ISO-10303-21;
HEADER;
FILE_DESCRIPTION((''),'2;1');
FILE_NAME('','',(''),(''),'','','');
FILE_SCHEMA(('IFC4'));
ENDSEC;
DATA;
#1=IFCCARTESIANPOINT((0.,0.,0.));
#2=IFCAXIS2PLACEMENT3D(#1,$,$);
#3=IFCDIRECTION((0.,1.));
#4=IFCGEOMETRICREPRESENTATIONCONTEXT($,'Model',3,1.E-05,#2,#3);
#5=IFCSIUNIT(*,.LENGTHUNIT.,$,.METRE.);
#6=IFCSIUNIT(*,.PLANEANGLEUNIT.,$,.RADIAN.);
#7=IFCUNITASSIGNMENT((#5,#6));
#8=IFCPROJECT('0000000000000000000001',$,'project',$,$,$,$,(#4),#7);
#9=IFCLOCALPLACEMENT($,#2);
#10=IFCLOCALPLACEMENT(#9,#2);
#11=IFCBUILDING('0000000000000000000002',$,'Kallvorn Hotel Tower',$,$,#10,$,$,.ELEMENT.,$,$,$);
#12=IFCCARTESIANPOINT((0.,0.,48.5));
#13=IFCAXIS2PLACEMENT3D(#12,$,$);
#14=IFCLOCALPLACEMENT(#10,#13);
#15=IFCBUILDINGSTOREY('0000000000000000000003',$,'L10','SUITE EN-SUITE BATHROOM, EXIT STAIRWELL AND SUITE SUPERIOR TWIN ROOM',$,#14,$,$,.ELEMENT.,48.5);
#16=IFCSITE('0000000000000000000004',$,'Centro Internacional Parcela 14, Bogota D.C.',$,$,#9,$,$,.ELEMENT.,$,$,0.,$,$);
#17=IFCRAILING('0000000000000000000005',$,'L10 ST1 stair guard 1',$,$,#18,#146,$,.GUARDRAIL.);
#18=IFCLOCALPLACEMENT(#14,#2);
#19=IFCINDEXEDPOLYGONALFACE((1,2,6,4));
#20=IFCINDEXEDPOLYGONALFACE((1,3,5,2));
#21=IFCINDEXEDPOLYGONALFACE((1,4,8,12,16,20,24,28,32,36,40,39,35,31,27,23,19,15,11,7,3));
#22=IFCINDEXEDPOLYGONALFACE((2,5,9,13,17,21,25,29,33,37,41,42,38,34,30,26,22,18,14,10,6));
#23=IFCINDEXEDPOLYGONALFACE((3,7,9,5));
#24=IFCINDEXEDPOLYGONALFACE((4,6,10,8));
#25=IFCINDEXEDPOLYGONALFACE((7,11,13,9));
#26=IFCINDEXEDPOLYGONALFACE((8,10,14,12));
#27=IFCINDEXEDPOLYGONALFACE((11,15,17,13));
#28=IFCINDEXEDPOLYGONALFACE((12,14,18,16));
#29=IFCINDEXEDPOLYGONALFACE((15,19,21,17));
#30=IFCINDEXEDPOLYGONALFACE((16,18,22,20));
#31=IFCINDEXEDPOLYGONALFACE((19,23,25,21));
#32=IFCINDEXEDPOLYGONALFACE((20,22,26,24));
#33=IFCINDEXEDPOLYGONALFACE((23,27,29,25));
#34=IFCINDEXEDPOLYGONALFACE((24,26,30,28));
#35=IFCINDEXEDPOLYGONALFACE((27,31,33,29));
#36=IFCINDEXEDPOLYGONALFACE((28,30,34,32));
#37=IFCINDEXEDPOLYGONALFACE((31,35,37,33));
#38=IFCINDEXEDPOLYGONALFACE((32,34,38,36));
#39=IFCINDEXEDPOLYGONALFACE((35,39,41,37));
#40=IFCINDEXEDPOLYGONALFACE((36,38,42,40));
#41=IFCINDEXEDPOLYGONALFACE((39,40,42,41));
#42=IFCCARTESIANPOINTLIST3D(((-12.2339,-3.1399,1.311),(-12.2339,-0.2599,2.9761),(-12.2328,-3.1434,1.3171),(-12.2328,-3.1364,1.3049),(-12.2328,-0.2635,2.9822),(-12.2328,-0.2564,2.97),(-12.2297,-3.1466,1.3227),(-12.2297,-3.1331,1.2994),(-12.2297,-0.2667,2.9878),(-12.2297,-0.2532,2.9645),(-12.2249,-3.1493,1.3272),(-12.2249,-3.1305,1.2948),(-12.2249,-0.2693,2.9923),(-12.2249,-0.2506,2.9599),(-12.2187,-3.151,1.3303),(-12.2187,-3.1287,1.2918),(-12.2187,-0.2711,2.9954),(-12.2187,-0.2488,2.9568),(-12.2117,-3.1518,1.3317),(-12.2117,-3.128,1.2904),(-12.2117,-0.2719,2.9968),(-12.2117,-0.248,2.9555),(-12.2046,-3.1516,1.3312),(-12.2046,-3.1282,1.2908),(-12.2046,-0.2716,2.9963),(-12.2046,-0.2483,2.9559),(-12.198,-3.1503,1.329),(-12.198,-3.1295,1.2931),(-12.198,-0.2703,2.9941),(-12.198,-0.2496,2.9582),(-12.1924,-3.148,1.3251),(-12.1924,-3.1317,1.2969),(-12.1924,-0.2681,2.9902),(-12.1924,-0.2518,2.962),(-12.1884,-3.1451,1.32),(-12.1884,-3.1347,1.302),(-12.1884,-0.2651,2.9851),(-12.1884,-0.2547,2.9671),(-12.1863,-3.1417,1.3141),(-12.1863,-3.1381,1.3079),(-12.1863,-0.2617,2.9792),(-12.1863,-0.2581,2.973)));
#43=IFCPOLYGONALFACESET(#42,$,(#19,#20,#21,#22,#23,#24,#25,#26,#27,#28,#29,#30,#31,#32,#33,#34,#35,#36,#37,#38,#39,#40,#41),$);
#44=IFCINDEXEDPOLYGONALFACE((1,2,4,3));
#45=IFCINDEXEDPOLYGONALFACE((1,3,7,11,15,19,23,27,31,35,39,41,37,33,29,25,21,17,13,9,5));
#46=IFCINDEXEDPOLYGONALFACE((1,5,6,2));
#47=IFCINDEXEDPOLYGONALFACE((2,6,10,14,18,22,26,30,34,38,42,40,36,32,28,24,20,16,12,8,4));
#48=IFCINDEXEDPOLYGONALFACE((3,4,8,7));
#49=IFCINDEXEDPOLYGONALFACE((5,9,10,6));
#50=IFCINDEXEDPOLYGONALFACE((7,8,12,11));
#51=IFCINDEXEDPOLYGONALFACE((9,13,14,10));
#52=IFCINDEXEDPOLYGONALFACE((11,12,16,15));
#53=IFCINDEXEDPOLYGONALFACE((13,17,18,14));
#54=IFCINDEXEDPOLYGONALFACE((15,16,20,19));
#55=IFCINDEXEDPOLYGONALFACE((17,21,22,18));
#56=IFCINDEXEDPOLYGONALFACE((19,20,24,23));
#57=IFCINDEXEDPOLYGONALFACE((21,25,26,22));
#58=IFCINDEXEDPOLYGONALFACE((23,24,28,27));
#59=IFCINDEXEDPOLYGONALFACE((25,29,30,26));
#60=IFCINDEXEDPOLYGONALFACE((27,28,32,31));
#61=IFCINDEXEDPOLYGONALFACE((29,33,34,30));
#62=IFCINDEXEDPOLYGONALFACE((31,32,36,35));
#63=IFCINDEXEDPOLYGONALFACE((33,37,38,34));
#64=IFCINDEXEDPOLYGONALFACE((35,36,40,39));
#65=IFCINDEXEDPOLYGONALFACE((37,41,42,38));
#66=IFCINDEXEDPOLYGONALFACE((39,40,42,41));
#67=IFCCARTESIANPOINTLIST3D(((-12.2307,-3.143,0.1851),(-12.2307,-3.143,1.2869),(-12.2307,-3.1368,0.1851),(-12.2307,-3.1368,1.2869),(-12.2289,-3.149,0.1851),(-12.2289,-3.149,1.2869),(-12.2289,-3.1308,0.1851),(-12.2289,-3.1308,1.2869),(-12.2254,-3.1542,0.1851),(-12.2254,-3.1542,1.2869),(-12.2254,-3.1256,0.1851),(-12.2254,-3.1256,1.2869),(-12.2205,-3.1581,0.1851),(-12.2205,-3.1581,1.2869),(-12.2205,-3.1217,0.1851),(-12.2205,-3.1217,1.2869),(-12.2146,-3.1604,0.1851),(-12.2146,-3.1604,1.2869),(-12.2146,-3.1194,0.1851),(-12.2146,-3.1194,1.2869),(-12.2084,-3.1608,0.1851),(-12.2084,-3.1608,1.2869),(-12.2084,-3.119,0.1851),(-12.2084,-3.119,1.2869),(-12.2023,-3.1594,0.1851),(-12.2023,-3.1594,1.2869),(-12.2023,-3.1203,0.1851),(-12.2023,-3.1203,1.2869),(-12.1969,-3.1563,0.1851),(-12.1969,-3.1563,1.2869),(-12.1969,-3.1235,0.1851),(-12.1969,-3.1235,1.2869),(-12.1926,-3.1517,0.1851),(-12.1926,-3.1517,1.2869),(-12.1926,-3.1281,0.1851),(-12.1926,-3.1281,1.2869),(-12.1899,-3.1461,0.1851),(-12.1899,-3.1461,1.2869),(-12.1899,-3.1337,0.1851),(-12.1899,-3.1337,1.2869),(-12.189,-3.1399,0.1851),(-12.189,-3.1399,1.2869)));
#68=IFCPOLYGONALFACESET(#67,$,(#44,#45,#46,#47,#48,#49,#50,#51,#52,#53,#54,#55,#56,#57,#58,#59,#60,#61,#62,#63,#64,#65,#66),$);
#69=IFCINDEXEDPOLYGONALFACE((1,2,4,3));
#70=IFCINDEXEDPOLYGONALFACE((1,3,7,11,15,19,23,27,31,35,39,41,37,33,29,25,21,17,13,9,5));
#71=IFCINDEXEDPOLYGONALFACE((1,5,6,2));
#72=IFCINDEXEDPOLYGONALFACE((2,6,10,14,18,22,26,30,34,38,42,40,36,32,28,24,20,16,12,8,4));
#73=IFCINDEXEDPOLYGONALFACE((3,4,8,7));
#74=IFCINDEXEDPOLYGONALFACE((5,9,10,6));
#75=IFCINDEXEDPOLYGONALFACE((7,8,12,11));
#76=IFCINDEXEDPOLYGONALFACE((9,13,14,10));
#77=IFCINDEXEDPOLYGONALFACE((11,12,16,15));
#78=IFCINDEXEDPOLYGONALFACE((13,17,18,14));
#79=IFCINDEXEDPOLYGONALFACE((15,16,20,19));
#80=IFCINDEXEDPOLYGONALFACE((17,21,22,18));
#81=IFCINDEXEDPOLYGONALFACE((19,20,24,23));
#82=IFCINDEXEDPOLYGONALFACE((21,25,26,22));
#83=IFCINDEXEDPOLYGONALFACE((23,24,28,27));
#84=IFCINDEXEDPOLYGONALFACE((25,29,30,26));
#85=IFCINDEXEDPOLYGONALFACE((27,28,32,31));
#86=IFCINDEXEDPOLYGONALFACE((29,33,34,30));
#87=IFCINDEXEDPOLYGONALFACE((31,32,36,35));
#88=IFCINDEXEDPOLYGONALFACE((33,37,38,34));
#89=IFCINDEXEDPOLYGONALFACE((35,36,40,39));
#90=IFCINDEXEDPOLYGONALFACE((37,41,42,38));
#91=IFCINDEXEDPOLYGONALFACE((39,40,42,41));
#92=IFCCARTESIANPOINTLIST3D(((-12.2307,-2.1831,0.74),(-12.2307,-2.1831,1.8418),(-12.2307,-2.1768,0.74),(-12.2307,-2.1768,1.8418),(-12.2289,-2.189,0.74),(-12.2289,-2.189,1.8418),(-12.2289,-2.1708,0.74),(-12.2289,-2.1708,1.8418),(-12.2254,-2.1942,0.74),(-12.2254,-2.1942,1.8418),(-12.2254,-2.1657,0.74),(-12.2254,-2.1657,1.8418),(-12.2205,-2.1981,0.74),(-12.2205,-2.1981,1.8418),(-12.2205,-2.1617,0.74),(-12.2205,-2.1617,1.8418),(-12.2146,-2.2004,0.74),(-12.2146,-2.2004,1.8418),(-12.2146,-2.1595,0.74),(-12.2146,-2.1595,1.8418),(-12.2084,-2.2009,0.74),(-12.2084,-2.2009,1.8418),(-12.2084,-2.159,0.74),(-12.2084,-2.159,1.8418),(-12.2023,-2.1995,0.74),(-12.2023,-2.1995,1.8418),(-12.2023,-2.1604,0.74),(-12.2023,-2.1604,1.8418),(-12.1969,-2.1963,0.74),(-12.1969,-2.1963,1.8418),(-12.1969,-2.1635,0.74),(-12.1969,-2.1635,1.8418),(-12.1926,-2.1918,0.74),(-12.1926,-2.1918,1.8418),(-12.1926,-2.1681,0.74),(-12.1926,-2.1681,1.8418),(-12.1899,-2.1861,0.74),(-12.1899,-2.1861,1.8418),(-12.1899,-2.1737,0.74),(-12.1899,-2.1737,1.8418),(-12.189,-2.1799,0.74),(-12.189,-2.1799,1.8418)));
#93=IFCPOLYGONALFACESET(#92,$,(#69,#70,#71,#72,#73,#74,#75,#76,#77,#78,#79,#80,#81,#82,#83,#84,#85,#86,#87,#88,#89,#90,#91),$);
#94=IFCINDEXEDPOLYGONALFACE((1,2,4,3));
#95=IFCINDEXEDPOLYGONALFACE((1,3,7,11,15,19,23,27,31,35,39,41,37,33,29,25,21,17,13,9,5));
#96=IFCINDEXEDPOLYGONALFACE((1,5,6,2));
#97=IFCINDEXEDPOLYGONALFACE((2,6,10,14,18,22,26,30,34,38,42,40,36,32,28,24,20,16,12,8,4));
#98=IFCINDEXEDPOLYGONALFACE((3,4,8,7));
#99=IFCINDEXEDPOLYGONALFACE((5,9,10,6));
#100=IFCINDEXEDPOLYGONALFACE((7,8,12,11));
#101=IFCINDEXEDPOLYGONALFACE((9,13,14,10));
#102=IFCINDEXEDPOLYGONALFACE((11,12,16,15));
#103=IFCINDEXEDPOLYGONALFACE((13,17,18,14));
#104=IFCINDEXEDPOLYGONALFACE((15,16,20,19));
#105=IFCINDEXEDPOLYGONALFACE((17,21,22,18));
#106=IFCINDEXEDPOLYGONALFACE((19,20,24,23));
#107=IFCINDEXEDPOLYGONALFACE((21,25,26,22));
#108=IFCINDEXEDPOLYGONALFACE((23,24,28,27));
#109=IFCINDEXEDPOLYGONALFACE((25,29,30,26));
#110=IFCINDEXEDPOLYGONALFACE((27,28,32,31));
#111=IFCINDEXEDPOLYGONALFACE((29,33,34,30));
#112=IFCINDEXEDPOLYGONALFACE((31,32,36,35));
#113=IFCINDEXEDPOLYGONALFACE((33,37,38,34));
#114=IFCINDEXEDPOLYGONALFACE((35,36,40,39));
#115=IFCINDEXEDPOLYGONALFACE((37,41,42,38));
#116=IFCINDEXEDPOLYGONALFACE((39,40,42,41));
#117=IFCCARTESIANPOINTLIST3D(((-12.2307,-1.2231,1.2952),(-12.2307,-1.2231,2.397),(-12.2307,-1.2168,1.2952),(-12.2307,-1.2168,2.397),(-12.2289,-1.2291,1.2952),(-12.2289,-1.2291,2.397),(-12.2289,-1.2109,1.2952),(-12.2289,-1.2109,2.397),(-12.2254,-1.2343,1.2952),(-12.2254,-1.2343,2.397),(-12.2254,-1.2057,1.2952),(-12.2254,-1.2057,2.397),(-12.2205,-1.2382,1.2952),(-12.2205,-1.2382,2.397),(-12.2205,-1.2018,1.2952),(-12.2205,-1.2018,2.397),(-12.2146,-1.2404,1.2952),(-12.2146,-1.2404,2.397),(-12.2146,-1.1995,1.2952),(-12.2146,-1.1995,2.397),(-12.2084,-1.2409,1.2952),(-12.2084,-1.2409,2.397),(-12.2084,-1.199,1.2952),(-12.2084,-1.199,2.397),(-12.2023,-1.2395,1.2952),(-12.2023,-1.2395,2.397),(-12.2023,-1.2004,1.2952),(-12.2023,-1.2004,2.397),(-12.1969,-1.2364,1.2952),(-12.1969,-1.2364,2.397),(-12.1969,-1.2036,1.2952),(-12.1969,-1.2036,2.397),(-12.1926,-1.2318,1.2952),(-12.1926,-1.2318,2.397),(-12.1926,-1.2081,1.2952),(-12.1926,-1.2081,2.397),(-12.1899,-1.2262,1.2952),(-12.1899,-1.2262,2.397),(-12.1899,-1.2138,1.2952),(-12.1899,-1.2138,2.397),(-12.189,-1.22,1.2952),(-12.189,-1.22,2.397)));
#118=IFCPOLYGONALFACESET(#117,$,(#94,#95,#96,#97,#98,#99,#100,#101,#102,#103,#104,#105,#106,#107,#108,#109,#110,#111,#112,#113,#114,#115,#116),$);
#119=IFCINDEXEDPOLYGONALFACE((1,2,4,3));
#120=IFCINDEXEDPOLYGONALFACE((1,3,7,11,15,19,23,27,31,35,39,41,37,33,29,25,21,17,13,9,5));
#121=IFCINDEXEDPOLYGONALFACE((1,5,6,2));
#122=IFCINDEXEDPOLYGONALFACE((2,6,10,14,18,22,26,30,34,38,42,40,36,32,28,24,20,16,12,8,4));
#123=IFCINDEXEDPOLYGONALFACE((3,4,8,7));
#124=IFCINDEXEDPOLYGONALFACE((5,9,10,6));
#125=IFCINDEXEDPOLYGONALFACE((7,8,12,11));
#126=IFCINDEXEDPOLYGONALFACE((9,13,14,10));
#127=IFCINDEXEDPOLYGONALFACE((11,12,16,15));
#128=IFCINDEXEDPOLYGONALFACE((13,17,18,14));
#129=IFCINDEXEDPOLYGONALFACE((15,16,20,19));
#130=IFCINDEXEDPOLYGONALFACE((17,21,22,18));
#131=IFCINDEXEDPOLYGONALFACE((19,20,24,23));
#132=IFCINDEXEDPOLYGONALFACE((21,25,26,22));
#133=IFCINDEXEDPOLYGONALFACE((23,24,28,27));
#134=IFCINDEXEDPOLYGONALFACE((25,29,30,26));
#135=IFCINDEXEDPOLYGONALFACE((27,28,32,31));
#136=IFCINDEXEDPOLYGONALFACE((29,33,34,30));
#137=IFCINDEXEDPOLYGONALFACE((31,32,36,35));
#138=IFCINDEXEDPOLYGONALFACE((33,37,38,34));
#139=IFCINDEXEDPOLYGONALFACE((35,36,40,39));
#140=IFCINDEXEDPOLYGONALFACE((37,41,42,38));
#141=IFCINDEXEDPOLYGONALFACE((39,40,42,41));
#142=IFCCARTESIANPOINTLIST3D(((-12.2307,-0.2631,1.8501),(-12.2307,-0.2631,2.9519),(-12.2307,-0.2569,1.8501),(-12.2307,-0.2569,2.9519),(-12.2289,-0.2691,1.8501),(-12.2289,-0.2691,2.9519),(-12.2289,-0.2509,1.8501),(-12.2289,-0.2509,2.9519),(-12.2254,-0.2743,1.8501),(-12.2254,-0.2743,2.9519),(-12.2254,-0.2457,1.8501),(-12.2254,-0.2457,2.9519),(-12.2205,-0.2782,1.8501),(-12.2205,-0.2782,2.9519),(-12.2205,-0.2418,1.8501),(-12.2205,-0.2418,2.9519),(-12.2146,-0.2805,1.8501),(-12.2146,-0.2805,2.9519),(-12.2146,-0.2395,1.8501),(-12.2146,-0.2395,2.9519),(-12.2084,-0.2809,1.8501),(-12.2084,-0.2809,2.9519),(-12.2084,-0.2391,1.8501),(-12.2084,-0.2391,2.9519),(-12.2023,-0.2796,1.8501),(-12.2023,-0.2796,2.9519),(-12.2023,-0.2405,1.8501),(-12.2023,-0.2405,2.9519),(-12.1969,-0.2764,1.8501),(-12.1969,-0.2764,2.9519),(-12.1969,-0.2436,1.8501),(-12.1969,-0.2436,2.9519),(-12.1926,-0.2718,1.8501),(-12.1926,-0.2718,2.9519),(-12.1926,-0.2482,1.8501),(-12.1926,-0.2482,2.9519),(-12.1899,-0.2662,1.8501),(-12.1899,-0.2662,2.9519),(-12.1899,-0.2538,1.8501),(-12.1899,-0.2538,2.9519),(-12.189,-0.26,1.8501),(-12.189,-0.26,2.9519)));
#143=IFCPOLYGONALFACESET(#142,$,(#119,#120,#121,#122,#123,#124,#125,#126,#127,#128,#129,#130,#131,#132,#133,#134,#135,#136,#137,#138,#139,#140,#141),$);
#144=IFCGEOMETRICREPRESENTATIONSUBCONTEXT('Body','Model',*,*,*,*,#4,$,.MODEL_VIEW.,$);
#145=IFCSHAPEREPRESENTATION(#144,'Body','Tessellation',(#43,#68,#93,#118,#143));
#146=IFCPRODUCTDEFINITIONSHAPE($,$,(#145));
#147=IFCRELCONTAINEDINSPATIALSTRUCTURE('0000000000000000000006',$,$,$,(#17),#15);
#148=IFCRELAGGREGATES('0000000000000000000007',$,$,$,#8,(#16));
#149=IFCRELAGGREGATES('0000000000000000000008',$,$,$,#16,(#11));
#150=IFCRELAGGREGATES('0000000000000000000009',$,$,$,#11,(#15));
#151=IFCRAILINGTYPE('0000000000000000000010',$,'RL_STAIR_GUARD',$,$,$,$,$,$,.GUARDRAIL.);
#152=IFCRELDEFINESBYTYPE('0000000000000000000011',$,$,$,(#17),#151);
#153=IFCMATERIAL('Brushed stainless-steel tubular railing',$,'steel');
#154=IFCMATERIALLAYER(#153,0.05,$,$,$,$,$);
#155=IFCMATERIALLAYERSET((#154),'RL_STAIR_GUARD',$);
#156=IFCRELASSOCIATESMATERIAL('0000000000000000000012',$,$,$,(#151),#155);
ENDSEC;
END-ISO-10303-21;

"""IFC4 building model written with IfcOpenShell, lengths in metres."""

from ifc_helpers import new_model, si_unit, direction, frame, origin, origin_2d, place, context, subcontext, project, spatial, circle, extrude, material, layer, layer_set, type_object, element, save


model = new_model("IFC4")

# Units and contexts
model_context = context("Model", 3, precision=1e-05, world=origin(), true_north=direction((0.0, 1.0)))
body_context = subcontext(model_context, "Body", "Model", "MODEL_VIEW")
ifc_project = project(units=[si_unit("LENGTHUNIT", "METRE"), si_unit("PLANEANGLEUNIT", "RADIAN")], contexts=[model_context])

# Site, building, storey
site_placement = place(None, origin())
site = spatial("IfcSite", under=ifc_project, at=site_placement, Name="Centro Internacional Parcela 14, Bogota D.C.", CompositionType="ELEMENT", RefElevation=0.0)
building_placement = place(site_placement, origin())
building = spatial("IfcBuilding", under=site, at=building_placement, Name="Kallvorn Hotel Tower", CompositionType="ELEMENT")
storey_placement = place(building_placement, frame((0.0, 0.0, 48.5)))
storey = spatial("IfcBuildingStorey", under=building, at=storey_placement, Name="L10", Description="SUITE EN-SUITE BATHROOM, EXIT STAIRWELL AND SUITE SUPERIOR TWIN ROOM", CompositionType="ELEMENT", Elevation=48.5)

# Railing
ifc_material_1 = material(Name="Brushed stainless-steel tubular railing", Category="steel")
ifc_layer_1 = layer(ifc_material_1, 0.05)
ifc_layer_set_1 = layer_set([ifc_layer_1], Name="RL_STAIR_GUARD")
railing_type = type_object("IfcRailingType", Name="RL_STAIR_GUARD", PredefinedType="GUARDRAIL", material=ifc_layer_set_1)
railing_1_placement = place(storey_placement, frame((-12.21, -3.1399, 0.1851)))
element("IfcRailing", 1, at=railing_1_placement, inside=storey, type_object=railing_type, Name="L10 ST1 stair guard 1", PredefinedType="GUARDRAIL", context=body_context, shape_type="SweptSolid", body=[
    extrude(circle(Radius=0.0239, at=origin_2d()), frame((0.0, 0.0, 1.126), z_axis=(0.0, 0.865721, 0.500527), x_axis=(-1.0, 0.0, 0.0)), (0.0, 0.0, 1.0), 3.3267),
    extrude(circle(Radius=0.021, at=origin_2d()), origin(), (0.0, 0.0, 1.0), 1.1018),
    extrude(circle(Radius=0.021, at=origin_2d()), frame((0.0, 0.96, 0.5549)), (0.0, 0.0, 1.0), 1.1018),
    extrude(circle(Radius=0.021, at=origin_2d()), frame((0.0, 1.9199, 1.1101)), (0.0, 0.0, 1.0), 1.1018),
    extrude(circle(Radius=0.021, at=origin_2d()), frame((0.0, 2.8799, 1.665)), (0.0, 0.0, 1.0), 1.1018),
])

save(model, "model.ifc")
